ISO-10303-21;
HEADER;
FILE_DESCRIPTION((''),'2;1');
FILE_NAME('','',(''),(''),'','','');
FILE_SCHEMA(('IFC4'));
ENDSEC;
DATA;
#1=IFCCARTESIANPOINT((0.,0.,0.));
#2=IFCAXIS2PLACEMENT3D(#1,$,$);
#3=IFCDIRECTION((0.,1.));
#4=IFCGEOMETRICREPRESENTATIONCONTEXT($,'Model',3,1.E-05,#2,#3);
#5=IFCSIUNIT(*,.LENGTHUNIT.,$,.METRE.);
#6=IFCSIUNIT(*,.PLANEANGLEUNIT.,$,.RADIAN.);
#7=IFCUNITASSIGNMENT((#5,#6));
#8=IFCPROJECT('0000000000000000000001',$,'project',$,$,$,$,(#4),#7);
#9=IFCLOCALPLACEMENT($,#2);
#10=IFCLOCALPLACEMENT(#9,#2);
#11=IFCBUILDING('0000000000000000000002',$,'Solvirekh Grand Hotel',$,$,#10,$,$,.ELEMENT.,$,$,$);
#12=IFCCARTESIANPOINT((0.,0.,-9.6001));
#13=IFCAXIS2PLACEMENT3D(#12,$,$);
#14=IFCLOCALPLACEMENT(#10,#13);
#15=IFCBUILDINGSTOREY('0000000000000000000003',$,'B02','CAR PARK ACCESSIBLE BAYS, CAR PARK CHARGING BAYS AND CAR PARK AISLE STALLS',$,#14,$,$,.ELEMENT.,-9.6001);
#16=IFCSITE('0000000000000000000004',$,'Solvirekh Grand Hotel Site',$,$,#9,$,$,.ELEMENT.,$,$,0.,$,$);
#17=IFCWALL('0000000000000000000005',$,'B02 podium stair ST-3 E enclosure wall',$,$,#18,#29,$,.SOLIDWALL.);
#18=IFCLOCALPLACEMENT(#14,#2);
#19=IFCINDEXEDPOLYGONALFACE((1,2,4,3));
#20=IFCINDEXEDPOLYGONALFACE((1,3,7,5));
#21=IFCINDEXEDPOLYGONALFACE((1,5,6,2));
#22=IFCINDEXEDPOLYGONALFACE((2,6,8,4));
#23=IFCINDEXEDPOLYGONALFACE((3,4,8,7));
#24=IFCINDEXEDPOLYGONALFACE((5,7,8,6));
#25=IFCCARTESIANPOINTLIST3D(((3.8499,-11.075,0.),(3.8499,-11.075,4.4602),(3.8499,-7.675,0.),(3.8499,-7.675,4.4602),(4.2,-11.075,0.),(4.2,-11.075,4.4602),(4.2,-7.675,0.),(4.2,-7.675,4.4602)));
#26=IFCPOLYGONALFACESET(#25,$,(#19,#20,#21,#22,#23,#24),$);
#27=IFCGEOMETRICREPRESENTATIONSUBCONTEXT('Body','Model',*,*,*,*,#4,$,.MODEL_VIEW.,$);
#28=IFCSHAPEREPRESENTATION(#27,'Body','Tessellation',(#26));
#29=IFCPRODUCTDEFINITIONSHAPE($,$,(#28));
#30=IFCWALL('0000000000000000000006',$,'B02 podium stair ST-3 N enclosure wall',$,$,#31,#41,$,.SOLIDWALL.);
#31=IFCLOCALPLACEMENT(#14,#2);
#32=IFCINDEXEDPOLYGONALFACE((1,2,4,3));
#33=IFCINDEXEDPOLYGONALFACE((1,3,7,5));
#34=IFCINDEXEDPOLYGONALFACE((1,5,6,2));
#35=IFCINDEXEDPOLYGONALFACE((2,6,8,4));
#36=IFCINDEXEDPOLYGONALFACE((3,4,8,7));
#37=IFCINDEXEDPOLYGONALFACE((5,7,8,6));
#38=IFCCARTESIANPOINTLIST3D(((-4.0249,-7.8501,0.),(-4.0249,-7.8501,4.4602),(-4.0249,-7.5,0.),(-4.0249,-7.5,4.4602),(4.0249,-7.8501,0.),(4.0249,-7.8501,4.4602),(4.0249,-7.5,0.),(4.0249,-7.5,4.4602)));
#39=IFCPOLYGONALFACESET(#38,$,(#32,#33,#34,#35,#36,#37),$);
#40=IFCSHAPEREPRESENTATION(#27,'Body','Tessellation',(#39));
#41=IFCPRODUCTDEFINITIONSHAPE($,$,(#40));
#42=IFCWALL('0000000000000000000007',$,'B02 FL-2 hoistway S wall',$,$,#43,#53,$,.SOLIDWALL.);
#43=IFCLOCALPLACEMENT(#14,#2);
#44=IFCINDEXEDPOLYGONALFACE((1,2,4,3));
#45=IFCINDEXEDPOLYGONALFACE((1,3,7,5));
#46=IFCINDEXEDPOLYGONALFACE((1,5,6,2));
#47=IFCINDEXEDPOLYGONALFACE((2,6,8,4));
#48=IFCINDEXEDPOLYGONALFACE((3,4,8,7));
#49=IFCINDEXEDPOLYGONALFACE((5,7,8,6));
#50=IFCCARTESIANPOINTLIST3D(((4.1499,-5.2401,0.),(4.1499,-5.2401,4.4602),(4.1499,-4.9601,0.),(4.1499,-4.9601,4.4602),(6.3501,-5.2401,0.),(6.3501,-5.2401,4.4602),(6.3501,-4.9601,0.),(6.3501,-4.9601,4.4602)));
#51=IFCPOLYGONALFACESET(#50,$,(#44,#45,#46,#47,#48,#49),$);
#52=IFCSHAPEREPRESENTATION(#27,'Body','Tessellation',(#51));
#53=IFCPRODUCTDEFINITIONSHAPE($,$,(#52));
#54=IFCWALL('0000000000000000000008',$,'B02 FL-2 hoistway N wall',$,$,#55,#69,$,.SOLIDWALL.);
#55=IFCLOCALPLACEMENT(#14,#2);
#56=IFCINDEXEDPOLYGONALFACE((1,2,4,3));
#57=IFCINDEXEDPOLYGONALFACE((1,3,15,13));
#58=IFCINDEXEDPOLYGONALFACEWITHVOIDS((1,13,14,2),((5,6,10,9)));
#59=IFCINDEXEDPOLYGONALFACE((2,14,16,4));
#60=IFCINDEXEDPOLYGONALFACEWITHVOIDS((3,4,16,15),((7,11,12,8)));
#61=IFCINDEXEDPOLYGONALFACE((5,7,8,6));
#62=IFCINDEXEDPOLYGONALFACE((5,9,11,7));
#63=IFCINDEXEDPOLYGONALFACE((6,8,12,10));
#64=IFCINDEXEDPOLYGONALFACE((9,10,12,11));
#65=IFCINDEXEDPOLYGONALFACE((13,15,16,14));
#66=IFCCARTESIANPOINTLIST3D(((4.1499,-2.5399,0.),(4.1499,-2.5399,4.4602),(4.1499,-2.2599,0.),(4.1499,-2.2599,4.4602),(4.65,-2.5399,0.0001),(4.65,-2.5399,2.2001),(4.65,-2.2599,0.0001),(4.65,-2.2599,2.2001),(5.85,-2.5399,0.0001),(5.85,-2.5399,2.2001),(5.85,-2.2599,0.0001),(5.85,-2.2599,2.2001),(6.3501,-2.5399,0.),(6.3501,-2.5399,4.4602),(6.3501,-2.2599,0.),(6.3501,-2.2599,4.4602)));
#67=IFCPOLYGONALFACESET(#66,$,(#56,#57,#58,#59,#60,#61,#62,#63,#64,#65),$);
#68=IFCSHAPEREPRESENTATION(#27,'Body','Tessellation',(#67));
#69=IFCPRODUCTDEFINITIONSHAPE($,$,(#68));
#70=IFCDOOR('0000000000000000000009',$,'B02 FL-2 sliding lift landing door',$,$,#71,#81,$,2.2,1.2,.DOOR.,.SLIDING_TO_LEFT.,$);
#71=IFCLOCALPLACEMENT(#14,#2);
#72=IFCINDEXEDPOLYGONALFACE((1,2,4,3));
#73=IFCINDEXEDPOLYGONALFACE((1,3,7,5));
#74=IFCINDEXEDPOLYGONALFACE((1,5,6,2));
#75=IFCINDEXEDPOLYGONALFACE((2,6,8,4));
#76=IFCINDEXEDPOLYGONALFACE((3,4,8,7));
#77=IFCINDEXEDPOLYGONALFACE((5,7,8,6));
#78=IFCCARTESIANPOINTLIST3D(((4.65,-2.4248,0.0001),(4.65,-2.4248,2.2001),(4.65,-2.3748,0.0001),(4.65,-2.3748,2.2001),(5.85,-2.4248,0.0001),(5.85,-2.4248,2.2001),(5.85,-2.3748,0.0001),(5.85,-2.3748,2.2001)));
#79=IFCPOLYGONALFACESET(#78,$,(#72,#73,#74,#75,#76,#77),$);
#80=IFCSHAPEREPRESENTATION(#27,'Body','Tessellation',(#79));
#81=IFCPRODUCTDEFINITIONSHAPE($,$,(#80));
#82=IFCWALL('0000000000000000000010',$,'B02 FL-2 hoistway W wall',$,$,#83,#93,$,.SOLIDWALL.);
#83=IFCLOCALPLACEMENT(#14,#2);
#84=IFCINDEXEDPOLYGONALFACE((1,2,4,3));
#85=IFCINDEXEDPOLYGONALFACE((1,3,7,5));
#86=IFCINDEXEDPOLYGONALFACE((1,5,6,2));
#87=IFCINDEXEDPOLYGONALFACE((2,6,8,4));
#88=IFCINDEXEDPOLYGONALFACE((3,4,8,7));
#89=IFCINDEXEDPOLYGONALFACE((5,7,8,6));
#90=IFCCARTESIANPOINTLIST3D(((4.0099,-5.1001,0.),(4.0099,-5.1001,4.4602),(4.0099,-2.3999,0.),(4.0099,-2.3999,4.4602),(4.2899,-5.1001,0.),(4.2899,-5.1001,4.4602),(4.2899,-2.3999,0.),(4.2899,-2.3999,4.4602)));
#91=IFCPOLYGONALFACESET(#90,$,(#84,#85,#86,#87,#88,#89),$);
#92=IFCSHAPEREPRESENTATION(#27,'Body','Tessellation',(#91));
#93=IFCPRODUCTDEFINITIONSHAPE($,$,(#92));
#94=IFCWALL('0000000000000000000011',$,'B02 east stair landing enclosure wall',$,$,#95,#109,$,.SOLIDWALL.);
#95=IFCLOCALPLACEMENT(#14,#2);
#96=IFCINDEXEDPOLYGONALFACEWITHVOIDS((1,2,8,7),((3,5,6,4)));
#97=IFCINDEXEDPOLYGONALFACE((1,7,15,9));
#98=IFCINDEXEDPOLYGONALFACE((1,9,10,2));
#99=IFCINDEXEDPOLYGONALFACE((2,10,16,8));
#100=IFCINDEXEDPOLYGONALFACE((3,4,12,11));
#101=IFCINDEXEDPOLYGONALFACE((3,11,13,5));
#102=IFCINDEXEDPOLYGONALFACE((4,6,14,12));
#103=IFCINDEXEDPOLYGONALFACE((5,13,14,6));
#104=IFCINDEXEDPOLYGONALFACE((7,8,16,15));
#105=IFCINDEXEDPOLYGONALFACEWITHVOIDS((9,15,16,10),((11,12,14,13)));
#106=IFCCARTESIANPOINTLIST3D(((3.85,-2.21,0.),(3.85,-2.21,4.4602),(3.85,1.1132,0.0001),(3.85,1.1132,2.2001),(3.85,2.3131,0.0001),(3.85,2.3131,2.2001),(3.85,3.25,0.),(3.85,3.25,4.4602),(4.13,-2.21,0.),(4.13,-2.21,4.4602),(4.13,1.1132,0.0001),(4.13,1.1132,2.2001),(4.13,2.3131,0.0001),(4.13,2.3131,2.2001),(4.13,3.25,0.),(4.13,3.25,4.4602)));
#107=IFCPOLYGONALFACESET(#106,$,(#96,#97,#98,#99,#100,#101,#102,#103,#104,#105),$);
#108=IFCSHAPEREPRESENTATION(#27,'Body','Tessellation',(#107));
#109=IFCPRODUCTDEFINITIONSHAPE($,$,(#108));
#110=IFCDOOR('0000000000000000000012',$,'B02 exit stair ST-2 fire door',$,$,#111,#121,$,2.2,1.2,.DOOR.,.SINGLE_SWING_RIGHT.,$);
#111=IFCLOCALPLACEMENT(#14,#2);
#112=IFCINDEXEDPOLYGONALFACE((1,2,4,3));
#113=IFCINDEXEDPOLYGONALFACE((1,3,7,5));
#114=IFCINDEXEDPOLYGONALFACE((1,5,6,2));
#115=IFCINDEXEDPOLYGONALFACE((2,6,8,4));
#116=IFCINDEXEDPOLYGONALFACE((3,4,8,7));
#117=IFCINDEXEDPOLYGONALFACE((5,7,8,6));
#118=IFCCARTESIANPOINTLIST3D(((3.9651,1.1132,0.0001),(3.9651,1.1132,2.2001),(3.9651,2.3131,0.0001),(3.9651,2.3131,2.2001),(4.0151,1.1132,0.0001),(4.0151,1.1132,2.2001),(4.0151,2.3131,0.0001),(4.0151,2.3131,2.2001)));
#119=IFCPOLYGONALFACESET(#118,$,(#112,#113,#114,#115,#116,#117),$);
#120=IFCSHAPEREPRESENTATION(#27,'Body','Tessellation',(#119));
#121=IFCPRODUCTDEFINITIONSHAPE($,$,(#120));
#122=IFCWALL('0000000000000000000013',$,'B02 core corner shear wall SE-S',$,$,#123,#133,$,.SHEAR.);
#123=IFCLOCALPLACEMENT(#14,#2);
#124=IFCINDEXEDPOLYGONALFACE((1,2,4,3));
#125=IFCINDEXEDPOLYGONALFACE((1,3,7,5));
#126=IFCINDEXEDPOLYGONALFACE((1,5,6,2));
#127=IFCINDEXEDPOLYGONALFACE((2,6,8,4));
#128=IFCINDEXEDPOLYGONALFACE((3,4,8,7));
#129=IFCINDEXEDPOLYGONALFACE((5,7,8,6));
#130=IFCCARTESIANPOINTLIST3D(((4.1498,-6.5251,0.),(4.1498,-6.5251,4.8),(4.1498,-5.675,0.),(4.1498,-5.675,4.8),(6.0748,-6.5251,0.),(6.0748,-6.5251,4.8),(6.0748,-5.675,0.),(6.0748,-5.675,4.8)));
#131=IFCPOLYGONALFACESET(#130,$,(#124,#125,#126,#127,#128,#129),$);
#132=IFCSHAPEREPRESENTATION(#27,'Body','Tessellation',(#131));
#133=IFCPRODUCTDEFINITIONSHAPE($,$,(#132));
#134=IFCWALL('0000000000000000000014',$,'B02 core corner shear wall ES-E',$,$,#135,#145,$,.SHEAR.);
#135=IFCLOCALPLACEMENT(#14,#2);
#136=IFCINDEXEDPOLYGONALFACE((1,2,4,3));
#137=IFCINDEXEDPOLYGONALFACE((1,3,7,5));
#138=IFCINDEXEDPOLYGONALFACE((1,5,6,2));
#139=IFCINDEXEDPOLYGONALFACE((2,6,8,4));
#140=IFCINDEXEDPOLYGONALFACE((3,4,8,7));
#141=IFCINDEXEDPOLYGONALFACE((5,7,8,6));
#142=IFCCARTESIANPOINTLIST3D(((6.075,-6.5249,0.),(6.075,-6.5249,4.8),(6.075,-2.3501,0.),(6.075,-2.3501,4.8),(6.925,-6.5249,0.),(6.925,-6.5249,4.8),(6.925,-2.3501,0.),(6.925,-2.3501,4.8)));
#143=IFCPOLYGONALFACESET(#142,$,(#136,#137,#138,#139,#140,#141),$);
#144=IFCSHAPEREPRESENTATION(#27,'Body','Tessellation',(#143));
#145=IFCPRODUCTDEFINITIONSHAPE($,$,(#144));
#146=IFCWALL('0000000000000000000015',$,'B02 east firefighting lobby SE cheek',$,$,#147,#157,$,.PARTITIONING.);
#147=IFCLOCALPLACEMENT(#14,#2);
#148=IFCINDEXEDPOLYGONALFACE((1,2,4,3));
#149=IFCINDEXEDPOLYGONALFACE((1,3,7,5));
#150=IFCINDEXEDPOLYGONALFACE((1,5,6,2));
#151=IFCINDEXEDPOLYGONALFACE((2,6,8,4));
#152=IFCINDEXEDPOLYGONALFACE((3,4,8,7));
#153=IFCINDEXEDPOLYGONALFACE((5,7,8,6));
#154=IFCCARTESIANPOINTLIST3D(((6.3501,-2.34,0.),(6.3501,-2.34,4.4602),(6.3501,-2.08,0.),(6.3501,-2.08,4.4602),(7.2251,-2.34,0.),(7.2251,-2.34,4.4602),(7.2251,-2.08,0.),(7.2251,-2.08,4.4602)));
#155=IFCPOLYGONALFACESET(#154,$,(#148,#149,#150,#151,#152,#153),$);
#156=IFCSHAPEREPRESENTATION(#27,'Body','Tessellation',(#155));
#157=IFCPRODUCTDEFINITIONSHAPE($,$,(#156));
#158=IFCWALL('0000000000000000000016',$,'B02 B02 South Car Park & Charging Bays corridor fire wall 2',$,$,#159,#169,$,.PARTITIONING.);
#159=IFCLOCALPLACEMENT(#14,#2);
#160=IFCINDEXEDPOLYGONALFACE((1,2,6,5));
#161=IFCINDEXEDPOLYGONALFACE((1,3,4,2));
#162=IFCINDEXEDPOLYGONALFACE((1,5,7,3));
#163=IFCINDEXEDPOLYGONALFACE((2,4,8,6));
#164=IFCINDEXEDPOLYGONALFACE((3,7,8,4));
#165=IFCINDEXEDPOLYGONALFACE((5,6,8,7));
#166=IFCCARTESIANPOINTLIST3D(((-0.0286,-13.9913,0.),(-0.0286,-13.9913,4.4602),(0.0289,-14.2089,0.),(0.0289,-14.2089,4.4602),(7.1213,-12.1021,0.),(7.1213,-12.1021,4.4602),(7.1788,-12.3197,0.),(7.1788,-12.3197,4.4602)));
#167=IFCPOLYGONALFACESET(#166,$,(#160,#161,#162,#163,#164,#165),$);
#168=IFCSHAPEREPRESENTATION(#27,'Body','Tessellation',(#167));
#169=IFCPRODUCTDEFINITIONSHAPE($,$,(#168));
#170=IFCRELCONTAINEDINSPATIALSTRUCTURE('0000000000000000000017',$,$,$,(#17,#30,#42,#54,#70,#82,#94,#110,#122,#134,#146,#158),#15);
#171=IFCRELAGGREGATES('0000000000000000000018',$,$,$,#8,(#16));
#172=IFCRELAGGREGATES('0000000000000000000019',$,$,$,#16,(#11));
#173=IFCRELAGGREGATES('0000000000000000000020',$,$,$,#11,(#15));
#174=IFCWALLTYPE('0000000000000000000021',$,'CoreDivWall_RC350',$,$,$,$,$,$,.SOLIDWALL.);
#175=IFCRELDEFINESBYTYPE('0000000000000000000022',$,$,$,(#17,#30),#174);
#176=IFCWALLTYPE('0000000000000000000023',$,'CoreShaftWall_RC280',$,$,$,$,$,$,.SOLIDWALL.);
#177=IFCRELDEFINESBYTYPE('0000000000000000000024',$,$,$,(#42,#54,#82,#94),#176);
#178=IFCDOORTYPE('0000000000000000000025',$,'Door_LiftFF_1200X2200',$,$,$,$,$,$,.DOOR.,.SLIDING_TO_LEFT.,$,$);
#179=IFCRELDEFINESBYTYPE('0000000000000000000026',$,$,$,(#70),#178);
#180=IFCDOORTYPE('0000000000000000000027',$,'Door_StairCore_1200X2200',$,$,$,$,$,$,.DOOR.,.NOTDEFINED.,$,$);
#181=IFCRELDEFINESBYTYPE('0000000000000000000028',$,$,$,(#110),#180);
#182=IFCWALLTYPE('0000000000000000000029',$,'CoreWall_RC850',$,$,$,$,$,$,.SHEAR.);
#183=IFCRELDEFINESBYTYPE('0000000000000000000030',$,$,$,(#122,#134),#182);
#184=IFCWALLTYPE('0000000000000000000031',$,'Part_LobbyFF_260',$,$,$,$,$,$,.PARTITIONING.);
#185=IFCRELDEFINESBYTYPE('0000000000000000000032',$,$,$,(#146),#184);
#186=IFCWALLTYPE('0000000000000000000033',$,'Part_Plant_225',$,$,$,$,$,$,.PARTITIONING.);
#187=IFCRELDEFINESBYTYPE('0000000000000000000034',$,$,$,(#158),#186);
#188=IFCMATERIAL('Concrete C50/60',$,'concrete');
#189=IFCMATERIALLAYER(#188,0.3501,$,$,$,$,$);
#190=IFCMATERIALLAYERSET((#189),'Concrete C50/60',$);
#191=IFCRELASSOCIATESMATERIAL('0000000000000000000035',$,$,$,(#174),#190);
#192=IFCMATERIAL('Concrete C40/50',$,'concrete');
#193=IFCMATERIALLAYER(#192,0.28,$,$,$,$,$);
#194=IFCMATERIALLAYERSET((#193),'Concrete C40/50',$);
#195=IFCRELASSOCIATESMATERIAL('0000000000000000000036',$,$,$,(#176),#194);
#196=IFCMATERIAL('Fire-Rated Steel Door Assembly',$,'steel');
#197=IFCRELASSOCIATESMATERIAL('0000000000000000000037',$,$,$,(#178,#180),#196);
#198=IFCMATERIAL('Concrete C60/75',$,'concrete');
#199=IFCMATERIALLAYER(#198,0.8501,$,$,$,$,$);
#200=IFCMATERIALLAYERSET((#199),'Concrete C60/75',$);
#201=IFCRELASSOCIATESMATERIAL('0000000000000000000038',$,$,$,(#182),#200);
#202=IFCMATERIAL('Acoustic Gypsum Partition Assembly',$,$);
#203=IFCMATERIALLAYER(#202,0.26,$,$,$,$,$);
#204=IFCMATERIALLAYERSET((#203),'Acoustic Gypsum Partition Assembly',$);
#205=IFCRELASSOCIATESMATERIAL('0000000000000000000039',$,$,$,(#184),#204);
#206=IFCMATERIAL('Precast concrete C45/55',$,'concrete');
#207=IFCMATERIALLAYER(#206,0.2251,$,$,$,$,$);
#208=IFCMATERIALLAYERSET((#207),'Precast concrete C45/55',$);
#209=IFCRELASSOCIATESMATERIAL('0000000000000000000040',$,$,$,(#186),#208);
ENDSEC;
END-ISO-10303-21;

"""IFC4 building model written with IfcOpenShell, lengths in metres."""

from ifc_helpers import new_model, si_unit, direction, frame, frame_2d, origin, place, context, subcontext, project, spatial, rectangle, extrude, material, layer, layer_set, type_object, element, fill, save


model = new_model("IFC4")

# Units and contexts
model_context = context("Model", 3, precision=1e-05, world=origin(), true_north=direction((0.0, 1.0)))
body_context = subcontext(model_context, "Body", "Model", "MODEL_VIEW")
ifc_project = project(units=[si_unit("LENGTHUNIT", "METRE"), si_unit("PLANEANGLEUNIT", "RADIAN")], contexts=[model_context])

# Site, building, storey
site_placement = place(None, origin())
site = spatial("IfcSite", under=ifc_project, at=site_placement, Name="Solvirekh Grand Hotel Site", CompositionType="ELEMENT", RefElevation=0.0)
building_placement = place(site_placement, origin())
building = spatial("IfcBuilding", under=site, at=building_placement, Name="Solvirekh Grand Hotel", CompositionType="ELEMENT")
storey_placement = place(building_placement, frame((0.0, 0.0, -9.6001)))
storey = spatial("IfcBuildingStorey", under=building, at=storey_placement, Name="B02", Description="CAR PARK ACCESSIBLE BAYS, CAR PARK CHARGING BAYS AND CAR PARK AISLE STALLS", CompositionType="ELEMENT", Elevation=-9.6001)

# Shared definitions
ifc_material_1 = material(Name="Concrete C50/60", Category="concrete")

# Shared definitions
ifc_material_2 = material(Name="Concrete C60/75", Category="concrete")

# Shared definitions
ifc_material_3 = material(Name="Concrete C40/50", Category="concrete")

# Walls
ifc_layer_1 = layer(ifc_material_1, 0.3501)
ifc_layer_set_1 = layer_set([ifc_layer_1], Name="Concrete C50/60")
wall_type_1 = type_object("IfcWallType", Name="CoreDivWall_RC350", PredefinedType="SOLIDWALL", material=ifc_layer_set_1)
wall_1_placement = place(storey_placement, frame((4.0249, -11.075, 0.0), z_axis=(0.0, 0.0, 1.0), x_axis=(0.0, 1.0, 0.0)))
element("IfcWall", 1, at=wall_1_placement, inside=storey, type_object=wall_type_1, Name="B02 podium stair ST-3 E enclosure wall", PredefinedType="SOLIDWALL", context=body_context, shape_type="SweptSolid", body=[
    extrude(rectangle(XDim=3.3999, YDim=0.3501, at=frame_2d((1.7, 0.0))), origin(), (0.0, 0.0, 1.0), 4.4602),
])
wall_2_placement = place(storey_placement, frame((4.0249, -7.675, 0.0), z_axis=(0.0, 0.0, 1.0), x_axis=(-1.0, 0.0, 0.0)))
element("IfcWall", 2, at=wall_2_placement, inside=storey, type_object=wall_type_1, Name="B02 podium stair ST-3 N enclosure wall", PredefinedType="SOLIDWALL", context=body_context, shape_type="SweptSolid", body=[
    extrude(rectangle(XDim=8.0498, YDim=0.3501, at=frame_2d((4.0249, 0.0))), origin(), (0.0, 0.0, 1.0), 4.4602),
])
ifc_layer_2 = layer(ifc_material_3, 0.28)
ifc_layer_set_2 = layer_set([ifc_layer_2], Name="Concrete C40/50")
wall_type_2 = type_object("IfcWallType", Name="CoreShaftWall_RC280", PredefinedType="SOLIDWALL", material=ifc_layer_set_2)
wall_3_placement = place(storey_placement, frame((4.1499, -5.1001, 0.0), z_axis=(0.0, 0.0, 1.0), x_axis=(1.0, 0.0, 0.0)))
element("IfcWall", 3, at=wall_3_placement, inside=storey, type_object=wall_type_2, Name="B02 FL-2 hoistway S wall", PredefinedType="SOLIDWALL", context=body_context, shape_type="SweptSolid", body=[
    extrude(rectangle(XDim=2.2002, YDim=0.28, at=frame_2d((1.1001, 0.0))), origin(), (0.0, 0.0, 1.0), 4.4602),
])

# Wall, opening, door
wall_4_placement = place(storey_placement, frame((6.3501, -2.3999, 0.0), z_axis=(0.0, 0.0, 1.0), x_axis=(-1.0, 0.0, 0.0)))
wall_4 = element("IfcWall", 4, at=wall_4_placement, inside=storey, type_object=wall_type_2, Name="B02 FL-2 hoistway N wall", PredefinedType="SOLIDWALL", context=body_context, shape_type="SweptSolid", body=[
    extrude(rectangle(XDim=2.2002, YDim=0.28, at=frame_2d((1.1001, 0.0))), origin(), (0.0, 0.0, 1.0), 4.4602),
])
opening_1_placement = place(wall_4_placement, frame((0.5, 0.0, 0.0)))
opening_1 = element("IfcOpeningElement", 5, at=opening_1_placement, cuts=wall_4, PredefinedType="OPENING", context=body_context, shape_type="SweptSolid", body=[
    extrude(rectangle(XDim=1.2, YDim=2.2, at=frame_2d((0.6001, 1.1001))), frame((0.0, 0.1499, 0.0), z_axis=(0.0, -1.0, 0.0), x_axis=(1.0, 0.0, 0.0)), (0.0, 0.0, 1.0), 0.3),
])
ifc_material_4 = material(Name="Fire-Rated Steel Door Assembly", Category="steel")
door_type_1 = type_object("IfcDoorType", Name="Door_LiftFF_1200X2200", OperationType="SLIDING_TO_LEFT", PredefinedType="DOOR", material=ifc_material_4)
door_1_placement = place(opening_1_placement, origin())
door_1 = element("IfcDoor", 6, at=door_1_placement, inside=storey, type_object=door_type_1, Name="B02 FL-2 sliding lift landing door", OperationType="SLIDING_TO_LEFT", OverallHeight=2.2, OverallWidth=1.2, PredefinedType="DOOR", context=body_context, shape_type="SweptSolid", body=[
    extrude(rectangle(XDim=1.2, YDim=2.2, at=frame_2d((0.6001, 1.1001))), frame((0.0, 0.0249, 0.0), z_axis=(0.0, -1.0, 0.0), x_axis=(1.0, 0.0, 0.0)), (0.0, 0.0, 1.0), 0.05),
])
fill(opening_1, door_1)

# Wall
wall_5_placement = place(storey_placement, frame((4.1499, -2.3999, 0.0), z_axis=(0.0, 0.0, 1.0), x_axis=(0.0, -1.0, 0.0)))
element("IfcWall", 7, at=wall_5_placement, inside=storey, type_object=wall_type_2, Name="B02 FL-2 hoistway W wall", PredefinedType="SOLIDWALL", context=body_context, shape_type="SweptSolid", body=[
    extrude(rectangle(XDim=2.7002, YDim=0.28, at=frame_2d((1.3501, 0.0))), origin(), (0.0, 0.0, 1.0), 4.4602),
])

# Wall, opening, door
wall_6_placement = place(storey_placement, frame((3.99, -2.21, 0.0), z_axis=(0.0, 0.0, 1.0), x_axis=(0.0, 1.0, 0.0)))
wall_6 = element("IfcWall", 8, at=wall_6_placement, inside=storey, type_object=wall_type_2, Name="B02 east stair landing enclosure wall", PredefinedType="SOLIDWALL", context=body_context, shape_type="SweptSolid", body=[
    extrude(rectangle(XDim=5.46, YDim=0.28, at=frame_2d((2.73, 0.0))), origin(), (0.0, 0.0, 1.0), 4.4602),
])
opening_2_placement = place(wall_6_placement, frame((3.323, 0.0, 0.0)))
opening_2 = element("IfcOpeningElement", 9, at=opening_2_placement, cuts=wall_6, PredefinedType="OPENING", context=body_context, shape_type="SweptSolid", body=[
    extrude(rectangle(XDim=1.2, YDim=2.2, at=frame_2d((0.6001, 1.1001))), frame((0.0, 0.1499, 0.0), z_axis=(0.0, -1.0, 0.0), x_axis=(1.0, 0.0, 0.0)), (0.0, 0.0, 1.0), 0.3),
])
door_type_2 = type_object("IfcDoorType", Name="Door_StairCore_1200X2200", OperationType="NOTDEFINED", PredefinedType="DOOR", material=ifc_material_4)
door_2_placement = place(opening_2_placement, origin())
door_2 = element("IfcDoor", 10, at=door_2_placement, inside=storey, type_object=door_type_2, Name="B02 exit stair ST-2 fire door", OperationType="SINGLE_SWING_RIGHT", OverallHeight=2.2, OverallWidth=1.2, PredefinedType="DOOR", context=body_context, shape_type="SweptSolid", body=[
    extrude(rectangle(XDim=1.2, YDim=2.2, at=frame_2d((0.6001, 1.1001))), frame((0.0, 0.0249, 0.0), z_axis=(0.0, -1.0, 0.0), x_axis=(1.0, 0.0, 0.0)), (0.0, 0.0, 1.0), 0.05),
])
fill(opening_2, door_2)

# Walls
ifc_layer_3 = layer(ifc_material_2, 0.8501)
ifc_layer_set_3 = layer_set([ifc_layer_3], Name="Concrete C60/75")
wall_type_3 = type_object("IfcWallType", Name="CoreWall_RC850", PredefinedType="SHEAR", material=ifc_layer_set_3)
wall_7_placement = place(storey_placement, frame((4.1499, -6.1001, 0.0), z_axis=(0.0, 0.0, 1.0), x_axis=(1.0, 0.0, 0.0)))
element("IfcWall", 11, at=wall_7_placement, inside=storey, type_object=wall_type_3, Name="B02 core corner shear wall SE-S", PredefinedType="SHEAR", context=body_context, shape_type="SweptSolid", body=[
    extrude(rectangle(XDim=1.925, YDim=0.8501, at=frame_2d((0.9624, 0.0))), origin(), (0.0, 0.0, 1.0), 4.8),
])
wall_8_placement = place(storey_placement, frame((6.5, -6.5249, 0.0), z_axis=(0.0, 0.0, 1.0), x_axis=(0.0, 1.0, 0.0)))
element("IfcWall", 12, at=wall_8_placement, inside=storey, type_object=wall_type_3, Name="B02 core corner shear wall ES-E", PredefinedType="SHEAR", context=body_context, shape_type="SweptSolid", body=[
    extrude(rectangle(XDim=4.1748, YDim=0.8501, at=frame_2d((2.0874, 0.0))), origin(), (0.0, 0.0, 1.0), 4.8),
])
ifc_material_5 = material(Name="Acoustic Gypsum Partition Assembly")
ifc_layer_4 = layer(ifc_material_5, 0.26)
ifc_layer_set_4 = layer_set([ifc_layer_4], Name="Acoustic Gypsum Partition Assembly")
wall_type_4 = type_object("IfcWallType", Name="Part_LobbyFF_260", PredefinedType="PARTITIONING", material=ifc_layer_set_4)
wall_9_placement = place(storey_placement, frame((6.3501, -2.21, 0.0), z_axis=(0.0, 0.0, 1.0), x_axis=(1.0, 0.0, 0.0)))
element("IfcWall", 13, at=wall_9_placement, inside=storey, type_object=wall_type_4, Name="B02 east firefighting lobby SE cheek", PredefinedType="PARTITIONING", context=body_context, shape_type="SweptSolid", body=[
    extrude(rectangle(XDim=0.875, YDim=0.26, at=frame_2d((0.4375, 0.0))), origin(), (0.0, 0.0, 1.0), 4.4602),
])
ifc_material_6 = material(Name="Precast concrete C45/55", Category="concrete")
ifc_layer_5 = layer(ifc_material_6, 0.2251)
ifc_layer_set_5 = layer_set([ifc_layer_5], Name="Precast concrete C45/55")
wall_type_5 = type_object("IfcWallType", Name="Part_Plant_225", PredefinedType="PARTITIONING", material=ifc_layer_set_5)
wall_10_placement = place(storey_placement, frame((0.0, -14.1001, 0.0), z_axis=(0.0, 0.0, 1.0), x_axis=(0.966821, 0.255455, 0.0)))
element("IfcWall", 14, at=wall_10_placement, inside=storey, type_object=wall_type_5, Name="B02 B02 South Car Park & Charging Bays corridor fire wall 2", PredefinedType="PARTITIONING", context=body_context, shape_type="SweptSolid", body=[
    extrude(rectangle(XDim=7.3953, YDim=0.2251, at=frame_2d((3.6978, 0.0))), origin(), (0.0, 0.0, 1.0), 4.4602),
])

save(model, "model.ifc")
